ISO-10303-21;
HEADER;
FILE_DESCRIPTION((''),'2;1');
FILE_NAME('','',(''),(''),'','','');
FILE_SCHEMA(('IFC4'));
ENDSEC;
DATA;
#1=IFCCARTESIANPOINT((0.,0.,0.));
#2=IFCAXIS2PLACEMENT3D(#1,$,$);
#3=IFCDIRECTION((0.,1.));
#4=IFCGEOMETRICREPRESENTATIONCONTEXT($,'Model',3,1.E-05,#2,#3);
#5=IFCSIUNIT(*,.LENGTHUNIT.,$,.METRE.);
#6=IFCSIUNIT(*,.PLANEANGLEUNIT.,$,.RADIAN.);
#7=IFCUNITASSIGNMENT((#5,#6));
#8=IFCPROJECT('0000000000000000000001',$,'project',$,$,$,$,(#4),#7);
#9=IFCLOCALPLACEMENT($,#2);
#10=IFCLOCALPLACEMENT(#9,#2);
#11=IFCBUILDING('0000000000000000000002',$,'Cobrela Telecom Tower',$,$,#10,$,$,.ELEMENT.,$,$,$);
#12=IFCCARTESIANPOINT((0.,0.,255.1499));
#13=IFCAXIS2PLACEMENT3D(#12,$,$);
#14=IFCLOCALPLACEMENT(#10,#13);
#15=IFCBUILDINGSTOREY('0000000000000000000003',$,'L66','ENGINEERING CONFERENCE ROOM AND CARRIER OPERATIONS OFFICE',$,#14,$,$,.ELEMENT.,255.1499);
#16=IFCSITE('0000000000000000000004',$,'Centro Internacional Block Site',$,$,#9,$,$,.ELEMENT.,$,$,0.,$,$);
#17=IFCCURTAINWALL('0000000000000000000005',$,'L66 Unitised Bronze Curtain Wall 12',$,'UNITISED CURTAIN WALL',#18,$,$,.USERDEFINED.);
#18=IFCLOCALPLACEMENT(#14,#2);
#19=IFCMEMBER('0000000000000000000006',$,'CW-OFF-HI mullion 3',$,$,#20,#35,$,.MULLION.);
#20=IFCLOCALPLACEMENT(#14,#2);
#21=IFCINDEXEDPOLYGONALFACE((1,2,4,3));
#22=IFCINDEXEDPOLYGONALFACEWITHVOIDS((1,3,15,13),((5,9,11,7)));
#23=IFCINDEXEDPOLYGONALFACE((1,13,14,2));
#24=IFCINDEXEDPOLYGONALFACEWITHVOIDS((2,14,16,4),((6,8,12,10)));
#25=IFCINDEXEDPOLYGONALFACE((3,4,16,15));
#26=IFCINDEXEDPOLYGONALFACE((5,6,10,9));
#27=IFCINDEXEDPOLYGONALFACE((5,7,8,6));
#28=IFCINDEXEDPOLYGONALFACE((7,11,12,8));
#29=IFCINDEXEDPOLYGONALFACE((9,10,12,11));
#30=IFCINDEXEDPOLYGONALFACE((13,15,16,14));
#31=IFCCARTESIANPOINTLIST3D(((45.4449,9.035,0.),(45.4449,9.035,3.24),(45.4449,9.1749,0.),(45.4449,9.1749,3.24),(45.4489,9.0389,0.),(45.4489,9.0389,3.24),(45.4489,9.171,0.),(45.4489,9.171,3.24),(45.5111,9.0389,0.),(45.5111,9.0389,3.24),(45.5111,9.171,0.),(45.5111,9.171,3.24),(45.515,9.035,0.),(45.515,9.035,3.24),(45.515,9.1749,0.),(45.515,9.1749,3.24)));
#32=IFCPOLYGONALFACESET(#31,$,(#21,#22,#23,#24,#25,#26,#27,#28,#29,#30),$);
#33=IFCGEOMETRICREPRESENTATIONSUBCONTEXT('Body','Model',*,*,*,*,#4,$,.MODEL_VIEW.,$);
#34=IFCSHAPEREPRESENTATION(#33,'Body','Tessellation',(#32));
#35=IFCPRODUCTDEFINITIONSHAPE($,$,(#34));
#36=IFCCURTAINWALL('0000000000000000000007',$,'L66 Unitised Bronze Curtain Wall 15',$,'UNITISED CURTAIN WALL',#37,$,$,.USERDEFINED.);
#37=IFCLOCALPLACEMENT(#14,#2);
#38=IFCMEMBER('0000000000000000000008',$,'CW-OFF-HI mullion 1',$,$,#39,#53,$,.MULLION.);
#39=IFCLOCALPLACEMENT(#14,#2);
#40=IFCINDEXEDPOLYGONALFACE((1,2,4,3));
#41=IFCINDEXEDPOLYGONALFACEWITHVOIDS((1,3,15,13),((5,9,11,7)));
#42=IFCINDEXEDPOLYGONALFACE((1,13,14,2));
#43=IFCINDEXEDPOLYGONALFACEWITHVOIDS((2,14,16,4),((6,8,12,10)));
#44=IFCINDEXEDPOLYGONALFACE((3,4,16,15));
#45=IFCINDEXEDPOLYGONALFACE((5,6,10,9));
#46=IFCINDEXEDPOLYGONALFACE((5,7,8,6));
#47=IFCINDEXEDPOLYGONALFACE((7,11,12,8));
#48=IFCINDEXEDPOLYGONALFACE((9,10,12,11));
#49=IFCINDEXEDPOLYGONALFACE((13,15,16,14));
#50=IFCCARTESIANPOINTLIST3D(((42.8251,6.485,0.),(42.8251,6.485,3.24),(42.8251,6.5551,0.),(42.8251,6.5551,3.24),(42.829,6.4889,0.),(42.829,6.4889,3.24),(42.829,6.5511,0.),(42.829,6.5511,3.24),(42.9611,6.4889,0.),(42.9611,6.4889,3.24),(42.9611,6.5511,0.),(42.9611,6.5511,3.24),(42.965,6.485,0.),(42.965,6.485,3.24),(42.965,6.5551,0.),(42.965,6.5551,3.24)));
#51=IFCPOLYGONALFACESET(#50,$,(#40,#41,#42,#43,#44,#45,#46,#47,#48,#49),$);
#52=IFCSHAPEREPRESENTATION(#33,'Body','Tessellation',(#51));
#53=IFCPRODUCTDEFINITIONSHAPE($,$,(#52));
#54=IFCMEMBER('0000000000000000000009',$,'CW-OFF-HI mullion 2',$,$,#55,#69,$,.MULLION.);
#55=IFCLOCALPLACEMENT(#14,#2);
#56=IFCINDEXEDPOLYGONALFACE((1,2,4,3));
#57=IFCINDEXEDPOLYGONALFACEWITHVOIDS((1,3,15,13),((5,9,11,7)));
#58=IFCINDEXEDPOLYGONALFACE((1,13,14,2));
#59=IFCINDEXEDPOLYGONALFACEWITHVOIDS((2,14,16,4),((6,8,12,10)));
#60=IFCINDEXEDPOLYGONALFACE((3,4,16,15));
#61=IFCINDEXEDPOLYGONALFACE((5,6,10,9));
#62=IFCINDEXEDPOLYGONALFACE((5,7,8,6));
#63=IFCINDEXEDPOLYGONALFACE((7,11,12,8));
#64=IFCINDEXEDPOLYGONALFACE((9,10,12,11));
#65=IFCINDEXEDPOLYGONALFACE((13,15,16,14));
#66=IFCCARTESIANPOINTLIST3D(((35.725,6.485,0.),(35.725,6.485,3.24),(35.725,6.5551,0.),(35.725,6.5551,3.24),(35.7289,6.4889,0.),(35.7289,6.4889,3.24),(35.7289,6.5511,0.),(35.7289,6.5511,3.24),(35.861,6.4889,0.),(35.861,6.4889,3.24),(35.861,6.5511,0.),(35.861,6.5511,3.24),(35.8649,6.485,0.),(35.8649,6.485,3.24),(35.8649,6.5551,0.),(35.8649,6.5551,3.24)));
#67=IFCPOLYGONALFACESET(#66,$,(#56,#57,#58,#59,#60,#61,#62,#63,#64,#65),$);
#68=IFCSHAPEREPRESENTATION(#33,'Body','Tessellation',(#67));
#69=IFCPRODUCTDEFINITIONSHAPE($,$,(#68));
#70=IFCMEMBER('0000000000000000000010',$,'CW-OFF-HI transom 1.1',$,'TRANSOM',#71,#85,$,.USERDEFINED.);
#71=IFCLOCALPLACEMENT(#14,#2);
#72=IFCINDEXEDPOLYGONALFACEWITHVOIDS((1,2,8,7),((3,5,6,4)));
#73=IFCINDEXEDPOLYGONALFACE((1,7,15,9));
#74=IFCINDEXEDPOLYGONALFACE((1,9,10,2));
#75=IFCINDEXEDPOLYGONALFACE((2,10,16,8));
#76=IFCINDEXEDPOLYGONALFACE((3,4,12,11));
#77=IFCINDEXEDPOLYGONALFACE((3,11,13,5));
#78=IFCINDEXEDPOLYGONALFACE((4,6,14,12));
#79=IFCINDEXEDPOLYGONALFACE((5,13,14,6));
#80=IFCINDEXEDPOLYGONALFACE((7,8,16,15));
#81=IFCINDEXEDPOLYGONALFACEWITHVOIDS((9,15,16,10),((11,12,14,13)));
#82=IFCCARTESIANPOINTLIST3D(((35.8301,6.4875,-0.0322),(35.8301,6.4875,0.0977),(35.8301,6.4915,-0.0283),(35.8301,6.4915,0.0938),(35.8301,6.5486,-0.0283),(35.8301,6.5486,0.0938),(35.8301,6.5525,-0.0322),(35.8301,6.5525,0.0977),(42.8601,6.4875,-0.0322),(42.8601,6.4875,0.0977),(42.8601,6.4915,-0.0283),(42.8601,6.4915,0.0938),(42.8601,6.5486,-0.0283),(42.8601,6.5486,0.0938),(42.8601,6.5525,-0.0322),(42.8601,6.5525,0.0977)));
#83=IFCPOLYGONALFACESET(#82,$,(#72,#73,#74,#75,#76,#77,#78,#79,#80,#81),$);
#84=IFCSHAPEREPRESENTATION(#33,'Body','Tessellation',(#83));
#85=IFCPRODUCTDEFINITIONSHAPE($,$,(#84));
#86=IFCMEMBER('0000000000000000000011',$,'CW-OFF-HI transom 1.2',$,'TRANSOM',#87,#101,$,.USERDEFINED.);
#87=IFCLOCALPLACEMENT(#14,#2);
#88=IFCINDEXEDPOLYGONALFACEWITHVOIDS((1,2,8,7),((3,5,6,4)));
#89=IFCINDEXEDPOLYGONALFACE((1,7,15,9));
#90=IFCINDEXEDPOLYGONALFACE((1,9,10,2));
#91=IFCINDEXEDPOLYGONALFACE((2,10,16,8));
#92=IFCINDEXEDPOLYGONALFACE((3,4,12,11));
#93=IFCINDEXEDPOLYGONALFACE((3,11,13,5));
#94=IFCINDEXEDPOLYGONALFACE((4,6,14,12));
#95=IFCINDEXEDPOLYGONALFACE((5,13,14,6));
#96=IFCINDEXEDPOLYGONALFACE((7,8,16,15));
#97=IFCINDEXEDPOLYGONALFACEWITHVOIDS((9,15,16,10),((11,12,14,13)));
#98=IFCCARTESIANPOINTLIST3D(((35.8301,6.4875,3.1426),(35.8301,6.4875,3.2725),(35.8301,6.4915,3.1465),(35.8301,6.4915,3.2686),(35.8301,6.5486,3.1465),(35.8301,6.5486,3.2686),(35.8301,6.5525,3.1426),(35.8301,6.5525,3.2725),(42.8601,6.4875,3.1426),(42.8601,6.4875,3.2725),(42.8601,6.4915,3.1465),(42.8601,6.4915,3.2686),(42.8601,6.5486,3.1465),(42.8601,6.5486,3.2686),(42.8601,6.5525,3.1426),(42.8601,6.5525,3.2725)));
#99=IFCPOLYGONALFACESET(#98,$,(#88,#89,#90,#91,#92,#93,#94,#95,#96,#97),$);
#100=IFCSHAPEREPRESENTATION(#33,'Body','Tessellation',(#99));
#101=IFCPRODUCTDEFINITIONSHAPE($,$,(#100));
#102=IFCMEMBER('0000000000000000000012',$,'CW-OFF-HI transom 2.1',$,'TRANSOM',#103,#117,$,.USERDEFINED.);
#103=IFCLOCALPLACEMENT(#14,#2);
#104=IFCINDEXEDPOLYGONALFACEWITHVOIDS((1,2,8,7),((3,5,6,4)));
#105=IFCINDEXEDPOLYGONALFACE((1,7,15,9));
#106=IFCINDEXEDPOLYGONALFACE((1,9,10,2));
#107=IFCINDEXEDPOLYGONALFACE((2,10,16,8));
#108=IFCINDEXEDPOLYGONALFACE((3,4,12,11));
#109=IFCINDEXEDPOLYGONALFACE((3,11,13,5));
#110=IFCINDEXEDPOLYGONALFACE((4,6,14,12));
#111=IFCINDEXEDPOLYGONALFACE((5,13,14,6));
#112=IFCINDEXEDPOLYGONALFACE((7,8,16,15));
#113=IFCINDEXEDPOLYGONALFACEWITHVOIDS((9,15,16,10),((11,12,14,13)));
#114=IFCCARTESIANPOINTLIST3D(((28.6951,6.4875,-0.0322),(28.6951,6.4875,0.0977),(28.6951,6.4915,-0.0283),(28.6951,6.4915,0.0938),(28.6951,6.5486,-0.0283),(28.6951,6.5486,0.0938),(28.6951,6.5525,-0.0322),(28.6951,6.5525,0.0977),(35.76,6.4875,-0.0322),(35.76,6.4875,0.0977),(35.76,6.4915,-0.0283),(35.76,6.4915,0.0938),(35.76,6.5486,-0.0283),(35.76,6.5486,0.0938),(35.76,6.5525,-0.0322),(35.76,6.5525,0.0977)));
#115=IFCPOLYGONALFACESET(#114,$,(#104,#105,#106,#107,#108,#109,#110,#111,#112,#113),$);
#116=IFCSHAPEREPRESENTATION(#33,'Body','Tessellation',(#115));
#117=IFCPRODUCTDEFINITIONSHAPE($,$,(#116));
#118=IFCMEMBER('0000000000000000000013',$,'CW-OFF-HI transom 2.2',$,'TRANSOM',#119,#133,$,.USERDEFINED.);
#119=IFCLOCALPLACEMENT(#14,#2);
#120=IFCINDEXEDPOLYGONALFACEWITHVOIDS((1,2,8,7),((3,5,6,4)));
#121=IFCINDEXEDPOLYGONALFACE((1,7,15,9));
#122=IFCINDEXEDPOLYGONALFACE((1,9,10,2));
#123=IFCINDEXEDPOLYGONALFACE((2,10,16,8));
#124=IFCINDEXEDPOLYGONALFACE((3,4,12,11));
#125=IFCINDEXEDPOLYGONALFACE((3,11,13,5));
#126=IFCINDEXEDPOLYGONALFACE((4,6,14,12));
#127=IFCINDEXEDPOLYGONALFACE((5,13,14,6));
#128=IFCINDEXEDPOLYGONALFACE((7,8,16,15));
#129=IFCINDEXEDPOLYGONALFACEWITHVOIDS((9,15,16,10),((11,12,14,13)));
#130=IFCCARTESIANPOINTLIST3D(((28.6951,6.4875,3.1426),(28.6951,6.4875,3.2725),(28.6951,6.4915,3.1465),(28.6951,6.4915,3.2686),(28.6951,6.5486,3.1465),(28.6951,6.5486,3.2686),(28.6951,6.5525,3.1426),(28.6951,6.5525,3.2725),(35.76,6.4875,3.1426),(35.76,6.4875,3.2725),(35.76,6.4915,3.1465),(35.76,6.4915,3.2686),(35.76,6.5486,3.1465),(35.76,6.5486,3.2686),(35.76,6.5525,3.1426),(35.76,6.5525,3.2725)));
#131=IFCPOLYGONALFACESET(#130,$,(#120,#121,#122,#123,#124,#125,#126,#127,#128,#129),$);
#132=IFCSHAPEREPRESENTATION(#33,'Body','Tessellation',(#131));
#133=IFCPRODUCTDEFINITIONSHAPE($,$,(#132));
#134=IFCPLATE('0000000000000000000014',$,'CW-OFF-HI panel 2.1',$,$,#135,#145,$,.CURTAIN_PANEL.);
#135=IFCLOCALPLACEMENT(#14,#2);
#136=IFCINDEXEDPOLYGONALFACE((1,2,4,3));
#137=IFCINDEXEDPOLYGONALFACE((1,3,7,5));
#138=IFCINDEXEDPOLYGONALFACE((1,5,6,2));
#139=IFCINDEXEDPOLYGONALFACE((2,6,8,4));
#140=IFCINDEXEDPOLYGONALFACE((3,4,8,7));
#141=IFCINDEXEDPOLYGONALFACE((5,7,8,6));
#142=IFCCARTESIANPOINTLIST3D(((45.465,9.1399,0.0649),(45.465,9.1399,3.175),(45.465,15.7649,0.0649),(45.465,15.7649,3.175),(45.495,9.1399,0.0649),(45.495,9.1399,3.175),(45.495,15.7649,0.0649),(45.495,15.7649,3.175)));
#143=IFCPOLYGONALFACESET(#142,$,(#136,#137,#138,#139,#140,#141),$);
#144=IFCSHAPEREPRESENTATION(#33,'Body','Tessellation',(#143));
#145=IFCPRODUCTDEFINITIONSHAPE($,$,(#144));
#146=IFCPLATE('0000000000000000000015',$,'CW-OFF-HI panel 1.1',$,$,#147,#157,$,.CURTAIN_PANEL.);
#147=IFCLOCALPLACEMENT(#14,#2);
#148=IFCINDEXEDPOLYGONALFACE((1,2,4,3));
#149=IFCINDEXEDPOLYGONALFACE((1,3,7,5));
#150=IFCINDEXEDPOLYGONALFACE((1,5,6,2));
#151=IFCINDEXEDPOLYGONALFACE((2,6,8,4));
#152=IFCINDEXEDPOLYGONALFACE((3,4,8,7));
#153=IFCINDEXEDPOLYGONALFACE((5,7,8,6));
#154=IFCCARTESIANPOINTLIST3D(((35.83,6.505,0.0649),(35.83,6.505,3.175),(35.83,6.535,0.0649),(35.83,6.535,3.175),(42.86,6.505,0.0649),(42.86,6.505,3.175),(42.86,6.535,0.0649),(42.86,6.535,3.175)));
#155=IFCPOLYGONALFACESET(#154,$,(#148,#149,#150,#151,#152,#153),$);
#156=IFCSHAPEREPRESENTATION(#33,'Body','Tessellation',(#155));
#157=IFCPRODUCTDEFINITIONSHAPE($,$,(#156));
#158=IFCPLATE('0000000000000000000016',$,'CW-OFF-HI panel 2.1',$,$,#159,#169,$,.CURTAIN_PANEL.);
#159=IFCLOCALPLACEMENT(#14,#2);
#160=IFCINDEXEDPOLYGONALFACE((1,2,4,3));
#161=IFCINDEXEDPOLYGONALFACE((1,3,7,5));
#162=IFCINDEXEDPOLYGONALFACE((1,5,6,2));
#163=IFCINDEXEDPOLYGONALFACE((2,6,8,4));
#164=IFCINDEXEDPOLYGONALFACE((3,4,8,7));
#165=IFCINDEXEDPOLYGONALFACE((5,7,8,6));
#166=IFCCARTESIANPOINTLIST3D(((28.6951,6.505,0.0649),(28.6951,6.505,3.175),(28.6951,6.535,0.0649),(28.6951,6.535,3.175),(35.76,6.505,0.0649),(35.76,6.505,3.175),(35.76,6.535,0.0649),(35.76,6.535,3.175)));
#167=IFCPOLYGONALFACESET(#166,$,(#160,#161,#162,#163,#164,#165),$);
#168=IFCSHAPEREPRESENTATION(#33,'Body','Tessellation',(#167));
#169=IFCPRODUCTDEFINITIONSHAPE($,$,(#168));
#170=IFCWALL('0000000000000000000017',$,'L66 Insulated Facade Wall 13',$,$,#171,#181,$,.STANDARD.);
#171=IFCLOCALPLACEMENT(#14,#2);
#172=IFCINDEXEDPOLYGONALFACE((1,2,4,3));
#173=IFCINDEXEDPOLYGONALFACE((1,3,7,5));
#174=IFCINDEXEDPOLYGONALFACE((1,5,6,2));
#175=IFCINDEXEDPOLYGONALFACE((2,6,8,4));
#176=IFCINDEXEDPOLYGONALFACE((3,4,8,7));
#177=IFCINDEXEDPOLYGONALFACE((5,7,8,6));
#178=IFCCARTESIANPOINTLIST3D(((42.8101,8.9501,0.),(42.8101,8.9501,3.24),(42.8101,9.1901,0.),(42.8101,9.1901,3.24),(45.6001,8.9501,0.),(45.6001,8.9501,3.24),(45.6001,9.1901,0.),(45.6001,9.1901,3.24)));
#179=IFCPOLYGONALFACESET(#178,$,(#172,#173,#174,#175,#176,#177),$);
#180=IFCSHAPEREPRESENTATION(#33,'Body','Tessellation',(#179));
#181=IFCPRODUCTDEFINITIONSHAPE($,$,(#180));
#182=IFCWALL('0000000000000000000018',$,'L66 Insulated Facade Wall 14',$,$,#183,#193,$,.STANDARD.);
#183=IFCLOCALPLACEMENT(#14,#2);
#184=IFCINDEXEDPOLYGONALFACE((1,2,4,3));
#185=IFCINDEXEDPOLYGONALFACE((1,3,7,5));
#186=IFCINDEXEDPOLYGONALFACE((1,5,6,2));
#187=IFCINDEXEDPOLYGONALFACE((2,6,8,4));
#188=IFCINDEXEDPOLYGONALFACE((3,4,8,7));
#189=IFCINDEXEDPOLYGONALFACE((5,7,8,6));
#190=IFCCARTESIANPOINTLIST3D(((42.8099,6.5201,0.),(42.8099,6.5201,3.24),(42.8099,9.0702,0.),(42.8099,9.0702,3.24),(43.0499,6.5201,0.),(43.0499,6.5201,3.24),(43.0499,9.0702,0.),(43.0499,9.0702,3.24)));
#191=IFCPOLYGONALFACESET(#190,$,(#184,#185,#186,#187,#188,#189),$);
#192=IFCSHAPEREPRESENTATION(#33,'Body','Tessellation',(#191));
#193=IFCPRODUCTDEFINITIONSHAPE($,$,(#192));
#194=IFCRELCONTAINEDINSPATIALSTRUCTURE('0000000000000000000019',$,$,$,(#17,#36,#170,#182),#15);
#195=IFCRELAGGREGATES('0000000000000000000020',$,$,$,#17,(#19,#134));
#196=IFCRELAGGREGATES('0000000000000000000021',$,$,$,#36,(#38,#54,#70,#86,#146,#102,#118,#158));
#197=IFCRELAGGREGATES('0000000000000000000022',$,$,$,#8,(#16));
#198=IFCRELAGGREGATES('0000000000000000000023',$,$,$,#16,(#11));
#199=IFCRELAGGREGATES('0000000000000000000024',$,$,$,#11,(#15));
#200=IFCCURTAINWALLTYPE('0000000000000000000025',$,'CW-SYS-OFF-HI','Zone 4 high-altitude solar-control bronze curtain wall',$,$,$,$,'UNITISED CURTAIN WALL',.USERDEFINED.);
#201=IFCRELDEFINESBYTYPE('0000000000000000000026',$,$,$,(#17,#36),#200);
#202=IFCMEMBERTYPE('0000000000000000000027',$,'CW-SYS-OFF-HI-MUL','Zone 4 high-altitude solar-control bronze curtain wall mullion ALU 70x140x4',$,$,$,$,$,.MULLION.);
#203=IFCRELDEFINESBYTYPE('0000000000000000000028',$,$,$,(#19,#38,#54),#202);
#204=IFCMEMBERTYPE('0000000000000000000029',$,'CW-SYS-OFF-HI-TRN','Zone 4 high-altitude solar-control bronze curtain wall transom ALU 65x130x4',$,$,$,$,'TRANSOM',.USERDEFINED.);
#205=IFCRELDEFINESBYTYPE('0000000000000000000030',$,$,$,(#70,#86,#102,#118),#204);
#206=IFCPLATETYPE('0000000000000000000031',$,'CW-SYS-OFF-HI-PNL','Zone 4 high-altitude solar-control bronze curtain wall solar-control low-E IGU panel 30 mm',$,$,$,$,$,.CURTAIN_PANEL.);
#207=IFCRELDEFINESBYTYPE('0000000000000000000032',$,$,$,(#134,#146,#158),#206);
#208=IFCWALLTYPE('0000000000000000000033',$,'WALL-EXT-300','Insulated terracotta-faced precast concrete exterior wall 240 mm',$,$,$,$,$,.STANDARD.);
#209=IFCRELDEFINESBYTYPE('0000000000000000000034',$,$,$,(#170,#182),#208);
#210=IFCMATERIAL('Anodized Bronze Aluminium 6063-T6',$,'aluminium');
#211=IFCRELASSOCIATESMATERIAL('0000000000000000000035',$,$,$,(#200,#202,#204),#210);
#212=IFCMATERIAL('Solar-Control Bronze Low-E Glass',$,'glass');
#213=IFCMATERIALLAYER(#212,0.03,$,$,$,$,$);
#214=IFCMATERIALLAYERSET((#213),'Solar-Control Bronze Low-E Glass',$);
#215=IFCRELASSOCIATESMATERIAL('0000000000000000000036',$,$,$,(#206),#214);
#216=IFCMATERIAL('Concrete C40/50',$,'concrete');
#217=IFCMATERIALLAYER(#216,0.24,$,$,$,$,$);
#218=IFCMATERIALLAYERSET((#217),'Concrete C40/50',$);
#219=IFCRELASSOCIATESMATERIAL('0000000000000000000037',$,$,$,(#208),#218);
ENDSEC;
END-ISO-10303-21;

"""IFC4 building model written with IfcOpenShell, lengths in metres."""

from ifc_helpers import new_model, si_unit, direction, frame, frame_2d, origin, origin_2d, place, context, subcontext, project, spatial, rectangle, hollow_rectangle, extrude, material, layer, layer_set, material_profile, profile_set, type_object, element, aggregate, save


model = new_model("IFC4")

# Units and contexts
model_context = context("Model", 3, precision=1e-05, world=origin(), true_north=direction((0.0, 1.0)))
body_context = subcontext(model_context, "Body", "Model", "MODEL_VIEW")
ifc_project = project(units=[si_unit("LENGTHUNIT", "METRE"), si_unit("PLANEANGLEUNIT", "RADIAN")], contexts=[model_context])

# Site, building, storey
site_placement = place(None, origin())
site = spatial("IfcSite", under=ifc_project, at=site_placement, Name="Centro Internacional Block Site", CompositionType="ELEMENT", RefElevation=0.0)
building_placement = place(site_placement, origin())
building = spatial("IfcBuilding", under=site, at=building_placement, Name="Cobrela Telecom Tower", CompositionType="ELEMENT")
storey_placement = place(building_placement, frame((0.0, 0.0, 255.1499)))
storey = spatial("IfcBuildingStorey", under=building, at=storey_placement, Name="L66", Description="ENGINEERING CONFERENCE ROOM AND CARRIER OPERATIONS OFFICE", CompositionType="ELEMENT", Elevation=255.1499)

# Curtain wall, member
ifc_material_1 = material(Name="Anodized Bronze Aluminium 6063-T6", Category="aluminium")
curtain_wall_type = type_object("IfcCurtainWallType", Name="CW-SYS-OFF-HI", Description="Zone 4 high-altitude solar-control bronze curtain wall", ElementType="UNITISED CURTAIN WALL", PredefinedType="USERDEFINED", material=ifc_material_1)
curtain_wall_1_placement = place(storey_placement, origin())
curtain_wall_1 = element("IfcCurtainWall", 1, at=curtain_wall_1_placement, inside=storey, type_object=curtain_wall_type, Name="L66 Unitised Bronze Curtain Wall 12", ObjectType="UNITISED CURTAIN WALL", PredefinedType="USERDEFINED")
ifc_material_profile_1 = material_profile(ifc_material_1, hollow_rectangle(XDim=0.0701, YDim=0.1399, WallThickness=0.0039, at=origin_2d()), Name="ALU 70x140x4")
ifc_profile_set_1 = profile_set([ifc_material_profile_1], Name="Anodized Bronze Aluminium 6063-T6")
member_type_1 = type_object("IfcMemberType", Name="CW-SYS-OFF-HI-MUL", Description="Zone 4 high-altitude solar-control bronze curtain wall mullion ALU 70x140x4", PredefinedType="MULLION", material=ifc_profile_set_1)
member_1_placement = place(storey_placement, frame((45.48, 9.105, 0.0), z_axis=(0.0, 0.0, 1.0), x_axis=(1.0, 0.0, 0.0)))
member_1 = element("IfcMember", 2, at=member_1_placement, type_object=member_type_1, Name="CW-OFF-HI mullion 3", PredefinedType="MULLION", context=body_context, shape_type="SweptSolid", body=[
    extrude(hollow_rectangle(XDim=0.0701, YDim=0.1399, WallThickness=0.0039, at=origin_2d()), origin(), (0.0, 0.0, 1.0), 3.24),
])

# Curtain wall, members
curtain_wall_2_placement = place(storey_placement, origin())
curtain_wall_2 = element("IfcCurtainWall", 3, at=curtain_wall_2_placement, inside=storey, type_object=curtain_wall_type, Name="L66 Unitised Bronze Curtain Wall 15", ObjectType="UNITISED CURTAIN WALL", PredefinedType="USERDEFINED")
member_2_placement = place(storey_placement, frame((42.895, 6.52, 0.0), z_axis=(0.0, 0.0, 1.0), x_axis=(0.0, -1.0, 0.0)))
member_2 = element("IfcMember", 4, at=member_2_placement, type_object=member_type_1, Name="CW-OFF-HI mullion 1", PredefinedType="MULLION", context=body_context, shape_type="SweptSolid", body=[
    extrude(hollow_rectangle(XDim=0.0701, YDim=0.1399, WallThickness=0.0039, at=origin_2d()), origin(), (0.0, 0.0, 1.0), 3.24),
])
member_3_placement = place(storey_placement, frame((35.7949, 6.52, 0.0), z_axis=(0.0, 0.0, 1.0), x_axis=(0.0, -1.0, 0.0)))
member_3 = element("IfcMember", 5, at=member_3_placement, type_object=member_type_1, Name="CW-OFF-HI mullion 2", PredefinedType="MULLION", context=body_context, shape_type="SweptSolid", body=[
    extrude(hollow_rectangle(XDim=0.0701, YDim=0.1399, WallThickness=0.0039, at=origin_2d()), origin(), (0.0, 0.0, 1.0), 3.24),
])
ifc_material_profile_2 = material_profile(ifc_material_1, hollow_rectangle(XDim=0.0649, YDim=0.1299, WallThickness=0.0039, at=origin_2d()), Name="ALU 65x130x4")
ifc_profile_set_2 = profile_set([ifc_material_profile_2], Name="Anodized Bronze Aluminium 6063-T6")
member_type_2 = type_object("IfcMemberType", Name="CW-SYS-OFF-HI-TRN", Description="Zone 4 high-altitude solar-control bronze curtain wall transom ALU 65x130x4", ElementType="TRANSOM", PredefinedType="USERDEFINED", material=ifc_profile_set_2)
member_4_placement = place(storey_placement, frame((42.8601, 6.52, 0.0327), z_axis=(-1.0, 0.0, 0.0), x_axis=(0.0, -1.0, 0.0)))
member_4 = element("IfcMember", 6, at=member_4_placement, type_object=member_type_2, Name="CW-OFF-HI transom 1.1", ObjectType="TRANSOM", PredefinedType="USERDEFINED", context=body_context, shape_type="SweptSolid", body=[
    extrude(hollow_rectangle(XDim=0.0649, YDim=0.1299, WallThickness=0.0039, at=origin_2d()), origin(), (0.0, 0.0, 1.0), 7.03),
])
member_5_placement = place(storey_placement, frame((42.8601, 6.52, 3.2075), z_axis=(-1.0, 0.0, 0.0), x_axis=(0.0, -1.0, 0.0)))
member_5 = element("IfcMember", 7, at=member_5_placement, type_object=member_type_2, Name="CW-OFF-HI transom 1.2", ObjectType="TRANSOM", PredefinedType="USERDEFINED", context=body_context, shape_type="SweptSolid", body=[
    extrude(hollow_rectangle(XDim=0.0649, YDim=0.1299, WallThickness=0.0039, at=origin_2d()), origin(), (0.0, 0.0, 1.0), 7.03),
])
member_6_placement = place(storey_placement, frame((35.76, 6.52, 0.0327), z_axis=(-1.0, 0.0, 0.0), x_axis=(0.0, -1.0, 0.0)))
member_6 = element("IfcMember", 8, at=member_6_placement, type_object=member_type_2, Name="CW-OFF-HI transom 2.1", ObjectType="TRANSOM", PredefinedType="USERDEFINED", context=body_context, shape_type="SweptSolid", body=[
    extrude(hollow_rectangle(XDim=0.0649, YDim=0.1299, WallThickness=0.0039, at=origin_2d()), origin(), (0.0, 0.0, 1.0), 7.0649),
])
member_7_placement = place(storey_placement, frame((35.76, 6.52, 3.2075), z_axis=(-1.0, 0.0, 0.0), x_axis=(0.0, -1.0, 0.0)))
member_7 = element("IfcMember", 9, at=member_7_placement, type_object=member_type_2, Name="CW-OFF-HI transom 2.2", ObjectType="TRANSOM", PredefinedType="USERDEFINED", context=body_context, shape_type="SweptSolid", body=[
    extrude(hollow_rectangle(XDim=0.0649, YDim=0.1299, WallThickness=0.0039, at=origin_2d()), origin(), (0.0, 0.0, 1.0), 7.0649),
])

# Plates
ifc_material_2 = material(Name="Solar-Control Bronze Low-E Glass", Category="glass")
ifc_layer_1 = layer(ifc_material_2, 0.03)
ifc_layer_set_1 = layer_set([ifc_layer_1], Name="Solar-Control Bronze Low-E Glass")
plate_type = type_object("IfcPlateType", Name="CW-SYS-OFF-HI-PNL", Description="Zone 4 high-altitude solar-control bronze curtain wall solar-control low-E IGU panel 30 mm", PredefinedType="CURTAIN_PANEL", material=ifc_layer_set_1)
plate_1_placement = place(storey_placement, frame((45.48, 12.4524, 0.0649), z_axis=(0.0, 0.0, 1.0), x_axis=(0.0, -1.0, 0.0)))
plate_1 = element("IfcPlate", 10, at=plate_1_placement, type_object=plate_type, Name="CW-OFF-HI panel 2.1", PredefinedType="CURTAIN_PANEL", context=body_context, shape_type="SweptSolid", body=[
    extrude(rectangle(XDim=6.625, YDim=0.03, at=origin_2d()), origin(), (0.0, 0.0, 1.0), 3.1101),
])
aggregate(curtain_wall_1, [member_1, plate_1])
plate_2_placement = place(storey_placement, frame((39.345, 6.52, 0.0649), z_axis=(0.0, 0.0, 1.0), x_axis=(-1.0, 0.0, 0.0)))
plate_2 = element("IfcPlate", 11, at=plate_2_placement, type_object=plate_type, Name="CW-OFF-HI panel 1.1", PredefinedType="CURTAIN_PANEL", context=body_context, shape_type="SweptSolid", body=[
    extrude(rectangle(XDim=7.03, YDim=0.03, at=origin_2d()), origin(), (0.0, 0.0, 1.0), 3.1101),
])
plate_3_placement = place(storey_placement, frame((32.2275, 6.52, 0.0649), z_axis=(0.0, 0.0, 1.0), x_axis=(-1.0, 0.0, 0.0)))
plate_3 = element("IfcPlate", 12, at=plate_3_placement, type_object=plate_type, Name="CW-OFF-HI panel 2.1", PredefinedType="CURTAIN_PANEL", context=body_context, shape_type="SweptSolid", body=[
    extrude(rectangle(XDim=7.0649, YDim=0.03, at=origin_2d()), origin(), (0.0, 0.0, 1.0), 3.1101),
])
aggregate(curtain_wall_2, [member_2, member_3, member_4, member_5, plate_2, member_6, member_7, plate_3])

# Walls
ifc_material_3 = material(Name="Concrete C40/50", Category="concrete")
ifc_layer_2 = layer(ifc_material_3, 0.24)
ifc_layer_set_2 = layer_set([ifc_layer_2], Name="Concrete C40/50")
wall_type = type_object("IfcWallType", Name="WALL-EXT-300", Description="Insulated terracotta-faced precast concrete exterior wall 240 mm", PredefinedType="STANDARD", material=ifc_layer_set_2)
wall_1_placement = place(storey_placement, frame((45.6001, 9.0701, 0.0), z_axis=(0.0, 0.0, 1.0), x_axis=(-1.0, 0.0, 0.0)))
element("IfcWall", 13, at=wall_1_placement, inside=storey, type_object=wall_type, Name="L66 Insulated Facade Wall 13", PredefinedType="STANDARD", context=body_context, shape_type="SweptSolid", body=[
    extrude(rectangle(XDim=2.79, YDim=0.24, at=frame_2d((1.395, 0.0))), origin(), (0.0, 0.0, 1.0), 3.24),
])
wall_2_placement = place(storey_placement, frame((42.9299, 9.0701, 0.0), z_axis=(0.0, 0.0, 1.0), x_axis=(0.0, -1.0, 0.0)))
element("IfcWall", 14, at=wall_2_placement, inside=storey, type_object=wall_type, Name="L66 Insulated Facade Wall 14", PredefinedType="STANDARD", context=body_context, shape_type="SweptSolid", body=[
    extrude(rectangle(XDim=2.55, YDim=0.24, at=frame_2d((1.2749, 0.0))), origin(), (0.0, 0.0, 1.0), 3.24),
])

save(model, "model.ifc")
